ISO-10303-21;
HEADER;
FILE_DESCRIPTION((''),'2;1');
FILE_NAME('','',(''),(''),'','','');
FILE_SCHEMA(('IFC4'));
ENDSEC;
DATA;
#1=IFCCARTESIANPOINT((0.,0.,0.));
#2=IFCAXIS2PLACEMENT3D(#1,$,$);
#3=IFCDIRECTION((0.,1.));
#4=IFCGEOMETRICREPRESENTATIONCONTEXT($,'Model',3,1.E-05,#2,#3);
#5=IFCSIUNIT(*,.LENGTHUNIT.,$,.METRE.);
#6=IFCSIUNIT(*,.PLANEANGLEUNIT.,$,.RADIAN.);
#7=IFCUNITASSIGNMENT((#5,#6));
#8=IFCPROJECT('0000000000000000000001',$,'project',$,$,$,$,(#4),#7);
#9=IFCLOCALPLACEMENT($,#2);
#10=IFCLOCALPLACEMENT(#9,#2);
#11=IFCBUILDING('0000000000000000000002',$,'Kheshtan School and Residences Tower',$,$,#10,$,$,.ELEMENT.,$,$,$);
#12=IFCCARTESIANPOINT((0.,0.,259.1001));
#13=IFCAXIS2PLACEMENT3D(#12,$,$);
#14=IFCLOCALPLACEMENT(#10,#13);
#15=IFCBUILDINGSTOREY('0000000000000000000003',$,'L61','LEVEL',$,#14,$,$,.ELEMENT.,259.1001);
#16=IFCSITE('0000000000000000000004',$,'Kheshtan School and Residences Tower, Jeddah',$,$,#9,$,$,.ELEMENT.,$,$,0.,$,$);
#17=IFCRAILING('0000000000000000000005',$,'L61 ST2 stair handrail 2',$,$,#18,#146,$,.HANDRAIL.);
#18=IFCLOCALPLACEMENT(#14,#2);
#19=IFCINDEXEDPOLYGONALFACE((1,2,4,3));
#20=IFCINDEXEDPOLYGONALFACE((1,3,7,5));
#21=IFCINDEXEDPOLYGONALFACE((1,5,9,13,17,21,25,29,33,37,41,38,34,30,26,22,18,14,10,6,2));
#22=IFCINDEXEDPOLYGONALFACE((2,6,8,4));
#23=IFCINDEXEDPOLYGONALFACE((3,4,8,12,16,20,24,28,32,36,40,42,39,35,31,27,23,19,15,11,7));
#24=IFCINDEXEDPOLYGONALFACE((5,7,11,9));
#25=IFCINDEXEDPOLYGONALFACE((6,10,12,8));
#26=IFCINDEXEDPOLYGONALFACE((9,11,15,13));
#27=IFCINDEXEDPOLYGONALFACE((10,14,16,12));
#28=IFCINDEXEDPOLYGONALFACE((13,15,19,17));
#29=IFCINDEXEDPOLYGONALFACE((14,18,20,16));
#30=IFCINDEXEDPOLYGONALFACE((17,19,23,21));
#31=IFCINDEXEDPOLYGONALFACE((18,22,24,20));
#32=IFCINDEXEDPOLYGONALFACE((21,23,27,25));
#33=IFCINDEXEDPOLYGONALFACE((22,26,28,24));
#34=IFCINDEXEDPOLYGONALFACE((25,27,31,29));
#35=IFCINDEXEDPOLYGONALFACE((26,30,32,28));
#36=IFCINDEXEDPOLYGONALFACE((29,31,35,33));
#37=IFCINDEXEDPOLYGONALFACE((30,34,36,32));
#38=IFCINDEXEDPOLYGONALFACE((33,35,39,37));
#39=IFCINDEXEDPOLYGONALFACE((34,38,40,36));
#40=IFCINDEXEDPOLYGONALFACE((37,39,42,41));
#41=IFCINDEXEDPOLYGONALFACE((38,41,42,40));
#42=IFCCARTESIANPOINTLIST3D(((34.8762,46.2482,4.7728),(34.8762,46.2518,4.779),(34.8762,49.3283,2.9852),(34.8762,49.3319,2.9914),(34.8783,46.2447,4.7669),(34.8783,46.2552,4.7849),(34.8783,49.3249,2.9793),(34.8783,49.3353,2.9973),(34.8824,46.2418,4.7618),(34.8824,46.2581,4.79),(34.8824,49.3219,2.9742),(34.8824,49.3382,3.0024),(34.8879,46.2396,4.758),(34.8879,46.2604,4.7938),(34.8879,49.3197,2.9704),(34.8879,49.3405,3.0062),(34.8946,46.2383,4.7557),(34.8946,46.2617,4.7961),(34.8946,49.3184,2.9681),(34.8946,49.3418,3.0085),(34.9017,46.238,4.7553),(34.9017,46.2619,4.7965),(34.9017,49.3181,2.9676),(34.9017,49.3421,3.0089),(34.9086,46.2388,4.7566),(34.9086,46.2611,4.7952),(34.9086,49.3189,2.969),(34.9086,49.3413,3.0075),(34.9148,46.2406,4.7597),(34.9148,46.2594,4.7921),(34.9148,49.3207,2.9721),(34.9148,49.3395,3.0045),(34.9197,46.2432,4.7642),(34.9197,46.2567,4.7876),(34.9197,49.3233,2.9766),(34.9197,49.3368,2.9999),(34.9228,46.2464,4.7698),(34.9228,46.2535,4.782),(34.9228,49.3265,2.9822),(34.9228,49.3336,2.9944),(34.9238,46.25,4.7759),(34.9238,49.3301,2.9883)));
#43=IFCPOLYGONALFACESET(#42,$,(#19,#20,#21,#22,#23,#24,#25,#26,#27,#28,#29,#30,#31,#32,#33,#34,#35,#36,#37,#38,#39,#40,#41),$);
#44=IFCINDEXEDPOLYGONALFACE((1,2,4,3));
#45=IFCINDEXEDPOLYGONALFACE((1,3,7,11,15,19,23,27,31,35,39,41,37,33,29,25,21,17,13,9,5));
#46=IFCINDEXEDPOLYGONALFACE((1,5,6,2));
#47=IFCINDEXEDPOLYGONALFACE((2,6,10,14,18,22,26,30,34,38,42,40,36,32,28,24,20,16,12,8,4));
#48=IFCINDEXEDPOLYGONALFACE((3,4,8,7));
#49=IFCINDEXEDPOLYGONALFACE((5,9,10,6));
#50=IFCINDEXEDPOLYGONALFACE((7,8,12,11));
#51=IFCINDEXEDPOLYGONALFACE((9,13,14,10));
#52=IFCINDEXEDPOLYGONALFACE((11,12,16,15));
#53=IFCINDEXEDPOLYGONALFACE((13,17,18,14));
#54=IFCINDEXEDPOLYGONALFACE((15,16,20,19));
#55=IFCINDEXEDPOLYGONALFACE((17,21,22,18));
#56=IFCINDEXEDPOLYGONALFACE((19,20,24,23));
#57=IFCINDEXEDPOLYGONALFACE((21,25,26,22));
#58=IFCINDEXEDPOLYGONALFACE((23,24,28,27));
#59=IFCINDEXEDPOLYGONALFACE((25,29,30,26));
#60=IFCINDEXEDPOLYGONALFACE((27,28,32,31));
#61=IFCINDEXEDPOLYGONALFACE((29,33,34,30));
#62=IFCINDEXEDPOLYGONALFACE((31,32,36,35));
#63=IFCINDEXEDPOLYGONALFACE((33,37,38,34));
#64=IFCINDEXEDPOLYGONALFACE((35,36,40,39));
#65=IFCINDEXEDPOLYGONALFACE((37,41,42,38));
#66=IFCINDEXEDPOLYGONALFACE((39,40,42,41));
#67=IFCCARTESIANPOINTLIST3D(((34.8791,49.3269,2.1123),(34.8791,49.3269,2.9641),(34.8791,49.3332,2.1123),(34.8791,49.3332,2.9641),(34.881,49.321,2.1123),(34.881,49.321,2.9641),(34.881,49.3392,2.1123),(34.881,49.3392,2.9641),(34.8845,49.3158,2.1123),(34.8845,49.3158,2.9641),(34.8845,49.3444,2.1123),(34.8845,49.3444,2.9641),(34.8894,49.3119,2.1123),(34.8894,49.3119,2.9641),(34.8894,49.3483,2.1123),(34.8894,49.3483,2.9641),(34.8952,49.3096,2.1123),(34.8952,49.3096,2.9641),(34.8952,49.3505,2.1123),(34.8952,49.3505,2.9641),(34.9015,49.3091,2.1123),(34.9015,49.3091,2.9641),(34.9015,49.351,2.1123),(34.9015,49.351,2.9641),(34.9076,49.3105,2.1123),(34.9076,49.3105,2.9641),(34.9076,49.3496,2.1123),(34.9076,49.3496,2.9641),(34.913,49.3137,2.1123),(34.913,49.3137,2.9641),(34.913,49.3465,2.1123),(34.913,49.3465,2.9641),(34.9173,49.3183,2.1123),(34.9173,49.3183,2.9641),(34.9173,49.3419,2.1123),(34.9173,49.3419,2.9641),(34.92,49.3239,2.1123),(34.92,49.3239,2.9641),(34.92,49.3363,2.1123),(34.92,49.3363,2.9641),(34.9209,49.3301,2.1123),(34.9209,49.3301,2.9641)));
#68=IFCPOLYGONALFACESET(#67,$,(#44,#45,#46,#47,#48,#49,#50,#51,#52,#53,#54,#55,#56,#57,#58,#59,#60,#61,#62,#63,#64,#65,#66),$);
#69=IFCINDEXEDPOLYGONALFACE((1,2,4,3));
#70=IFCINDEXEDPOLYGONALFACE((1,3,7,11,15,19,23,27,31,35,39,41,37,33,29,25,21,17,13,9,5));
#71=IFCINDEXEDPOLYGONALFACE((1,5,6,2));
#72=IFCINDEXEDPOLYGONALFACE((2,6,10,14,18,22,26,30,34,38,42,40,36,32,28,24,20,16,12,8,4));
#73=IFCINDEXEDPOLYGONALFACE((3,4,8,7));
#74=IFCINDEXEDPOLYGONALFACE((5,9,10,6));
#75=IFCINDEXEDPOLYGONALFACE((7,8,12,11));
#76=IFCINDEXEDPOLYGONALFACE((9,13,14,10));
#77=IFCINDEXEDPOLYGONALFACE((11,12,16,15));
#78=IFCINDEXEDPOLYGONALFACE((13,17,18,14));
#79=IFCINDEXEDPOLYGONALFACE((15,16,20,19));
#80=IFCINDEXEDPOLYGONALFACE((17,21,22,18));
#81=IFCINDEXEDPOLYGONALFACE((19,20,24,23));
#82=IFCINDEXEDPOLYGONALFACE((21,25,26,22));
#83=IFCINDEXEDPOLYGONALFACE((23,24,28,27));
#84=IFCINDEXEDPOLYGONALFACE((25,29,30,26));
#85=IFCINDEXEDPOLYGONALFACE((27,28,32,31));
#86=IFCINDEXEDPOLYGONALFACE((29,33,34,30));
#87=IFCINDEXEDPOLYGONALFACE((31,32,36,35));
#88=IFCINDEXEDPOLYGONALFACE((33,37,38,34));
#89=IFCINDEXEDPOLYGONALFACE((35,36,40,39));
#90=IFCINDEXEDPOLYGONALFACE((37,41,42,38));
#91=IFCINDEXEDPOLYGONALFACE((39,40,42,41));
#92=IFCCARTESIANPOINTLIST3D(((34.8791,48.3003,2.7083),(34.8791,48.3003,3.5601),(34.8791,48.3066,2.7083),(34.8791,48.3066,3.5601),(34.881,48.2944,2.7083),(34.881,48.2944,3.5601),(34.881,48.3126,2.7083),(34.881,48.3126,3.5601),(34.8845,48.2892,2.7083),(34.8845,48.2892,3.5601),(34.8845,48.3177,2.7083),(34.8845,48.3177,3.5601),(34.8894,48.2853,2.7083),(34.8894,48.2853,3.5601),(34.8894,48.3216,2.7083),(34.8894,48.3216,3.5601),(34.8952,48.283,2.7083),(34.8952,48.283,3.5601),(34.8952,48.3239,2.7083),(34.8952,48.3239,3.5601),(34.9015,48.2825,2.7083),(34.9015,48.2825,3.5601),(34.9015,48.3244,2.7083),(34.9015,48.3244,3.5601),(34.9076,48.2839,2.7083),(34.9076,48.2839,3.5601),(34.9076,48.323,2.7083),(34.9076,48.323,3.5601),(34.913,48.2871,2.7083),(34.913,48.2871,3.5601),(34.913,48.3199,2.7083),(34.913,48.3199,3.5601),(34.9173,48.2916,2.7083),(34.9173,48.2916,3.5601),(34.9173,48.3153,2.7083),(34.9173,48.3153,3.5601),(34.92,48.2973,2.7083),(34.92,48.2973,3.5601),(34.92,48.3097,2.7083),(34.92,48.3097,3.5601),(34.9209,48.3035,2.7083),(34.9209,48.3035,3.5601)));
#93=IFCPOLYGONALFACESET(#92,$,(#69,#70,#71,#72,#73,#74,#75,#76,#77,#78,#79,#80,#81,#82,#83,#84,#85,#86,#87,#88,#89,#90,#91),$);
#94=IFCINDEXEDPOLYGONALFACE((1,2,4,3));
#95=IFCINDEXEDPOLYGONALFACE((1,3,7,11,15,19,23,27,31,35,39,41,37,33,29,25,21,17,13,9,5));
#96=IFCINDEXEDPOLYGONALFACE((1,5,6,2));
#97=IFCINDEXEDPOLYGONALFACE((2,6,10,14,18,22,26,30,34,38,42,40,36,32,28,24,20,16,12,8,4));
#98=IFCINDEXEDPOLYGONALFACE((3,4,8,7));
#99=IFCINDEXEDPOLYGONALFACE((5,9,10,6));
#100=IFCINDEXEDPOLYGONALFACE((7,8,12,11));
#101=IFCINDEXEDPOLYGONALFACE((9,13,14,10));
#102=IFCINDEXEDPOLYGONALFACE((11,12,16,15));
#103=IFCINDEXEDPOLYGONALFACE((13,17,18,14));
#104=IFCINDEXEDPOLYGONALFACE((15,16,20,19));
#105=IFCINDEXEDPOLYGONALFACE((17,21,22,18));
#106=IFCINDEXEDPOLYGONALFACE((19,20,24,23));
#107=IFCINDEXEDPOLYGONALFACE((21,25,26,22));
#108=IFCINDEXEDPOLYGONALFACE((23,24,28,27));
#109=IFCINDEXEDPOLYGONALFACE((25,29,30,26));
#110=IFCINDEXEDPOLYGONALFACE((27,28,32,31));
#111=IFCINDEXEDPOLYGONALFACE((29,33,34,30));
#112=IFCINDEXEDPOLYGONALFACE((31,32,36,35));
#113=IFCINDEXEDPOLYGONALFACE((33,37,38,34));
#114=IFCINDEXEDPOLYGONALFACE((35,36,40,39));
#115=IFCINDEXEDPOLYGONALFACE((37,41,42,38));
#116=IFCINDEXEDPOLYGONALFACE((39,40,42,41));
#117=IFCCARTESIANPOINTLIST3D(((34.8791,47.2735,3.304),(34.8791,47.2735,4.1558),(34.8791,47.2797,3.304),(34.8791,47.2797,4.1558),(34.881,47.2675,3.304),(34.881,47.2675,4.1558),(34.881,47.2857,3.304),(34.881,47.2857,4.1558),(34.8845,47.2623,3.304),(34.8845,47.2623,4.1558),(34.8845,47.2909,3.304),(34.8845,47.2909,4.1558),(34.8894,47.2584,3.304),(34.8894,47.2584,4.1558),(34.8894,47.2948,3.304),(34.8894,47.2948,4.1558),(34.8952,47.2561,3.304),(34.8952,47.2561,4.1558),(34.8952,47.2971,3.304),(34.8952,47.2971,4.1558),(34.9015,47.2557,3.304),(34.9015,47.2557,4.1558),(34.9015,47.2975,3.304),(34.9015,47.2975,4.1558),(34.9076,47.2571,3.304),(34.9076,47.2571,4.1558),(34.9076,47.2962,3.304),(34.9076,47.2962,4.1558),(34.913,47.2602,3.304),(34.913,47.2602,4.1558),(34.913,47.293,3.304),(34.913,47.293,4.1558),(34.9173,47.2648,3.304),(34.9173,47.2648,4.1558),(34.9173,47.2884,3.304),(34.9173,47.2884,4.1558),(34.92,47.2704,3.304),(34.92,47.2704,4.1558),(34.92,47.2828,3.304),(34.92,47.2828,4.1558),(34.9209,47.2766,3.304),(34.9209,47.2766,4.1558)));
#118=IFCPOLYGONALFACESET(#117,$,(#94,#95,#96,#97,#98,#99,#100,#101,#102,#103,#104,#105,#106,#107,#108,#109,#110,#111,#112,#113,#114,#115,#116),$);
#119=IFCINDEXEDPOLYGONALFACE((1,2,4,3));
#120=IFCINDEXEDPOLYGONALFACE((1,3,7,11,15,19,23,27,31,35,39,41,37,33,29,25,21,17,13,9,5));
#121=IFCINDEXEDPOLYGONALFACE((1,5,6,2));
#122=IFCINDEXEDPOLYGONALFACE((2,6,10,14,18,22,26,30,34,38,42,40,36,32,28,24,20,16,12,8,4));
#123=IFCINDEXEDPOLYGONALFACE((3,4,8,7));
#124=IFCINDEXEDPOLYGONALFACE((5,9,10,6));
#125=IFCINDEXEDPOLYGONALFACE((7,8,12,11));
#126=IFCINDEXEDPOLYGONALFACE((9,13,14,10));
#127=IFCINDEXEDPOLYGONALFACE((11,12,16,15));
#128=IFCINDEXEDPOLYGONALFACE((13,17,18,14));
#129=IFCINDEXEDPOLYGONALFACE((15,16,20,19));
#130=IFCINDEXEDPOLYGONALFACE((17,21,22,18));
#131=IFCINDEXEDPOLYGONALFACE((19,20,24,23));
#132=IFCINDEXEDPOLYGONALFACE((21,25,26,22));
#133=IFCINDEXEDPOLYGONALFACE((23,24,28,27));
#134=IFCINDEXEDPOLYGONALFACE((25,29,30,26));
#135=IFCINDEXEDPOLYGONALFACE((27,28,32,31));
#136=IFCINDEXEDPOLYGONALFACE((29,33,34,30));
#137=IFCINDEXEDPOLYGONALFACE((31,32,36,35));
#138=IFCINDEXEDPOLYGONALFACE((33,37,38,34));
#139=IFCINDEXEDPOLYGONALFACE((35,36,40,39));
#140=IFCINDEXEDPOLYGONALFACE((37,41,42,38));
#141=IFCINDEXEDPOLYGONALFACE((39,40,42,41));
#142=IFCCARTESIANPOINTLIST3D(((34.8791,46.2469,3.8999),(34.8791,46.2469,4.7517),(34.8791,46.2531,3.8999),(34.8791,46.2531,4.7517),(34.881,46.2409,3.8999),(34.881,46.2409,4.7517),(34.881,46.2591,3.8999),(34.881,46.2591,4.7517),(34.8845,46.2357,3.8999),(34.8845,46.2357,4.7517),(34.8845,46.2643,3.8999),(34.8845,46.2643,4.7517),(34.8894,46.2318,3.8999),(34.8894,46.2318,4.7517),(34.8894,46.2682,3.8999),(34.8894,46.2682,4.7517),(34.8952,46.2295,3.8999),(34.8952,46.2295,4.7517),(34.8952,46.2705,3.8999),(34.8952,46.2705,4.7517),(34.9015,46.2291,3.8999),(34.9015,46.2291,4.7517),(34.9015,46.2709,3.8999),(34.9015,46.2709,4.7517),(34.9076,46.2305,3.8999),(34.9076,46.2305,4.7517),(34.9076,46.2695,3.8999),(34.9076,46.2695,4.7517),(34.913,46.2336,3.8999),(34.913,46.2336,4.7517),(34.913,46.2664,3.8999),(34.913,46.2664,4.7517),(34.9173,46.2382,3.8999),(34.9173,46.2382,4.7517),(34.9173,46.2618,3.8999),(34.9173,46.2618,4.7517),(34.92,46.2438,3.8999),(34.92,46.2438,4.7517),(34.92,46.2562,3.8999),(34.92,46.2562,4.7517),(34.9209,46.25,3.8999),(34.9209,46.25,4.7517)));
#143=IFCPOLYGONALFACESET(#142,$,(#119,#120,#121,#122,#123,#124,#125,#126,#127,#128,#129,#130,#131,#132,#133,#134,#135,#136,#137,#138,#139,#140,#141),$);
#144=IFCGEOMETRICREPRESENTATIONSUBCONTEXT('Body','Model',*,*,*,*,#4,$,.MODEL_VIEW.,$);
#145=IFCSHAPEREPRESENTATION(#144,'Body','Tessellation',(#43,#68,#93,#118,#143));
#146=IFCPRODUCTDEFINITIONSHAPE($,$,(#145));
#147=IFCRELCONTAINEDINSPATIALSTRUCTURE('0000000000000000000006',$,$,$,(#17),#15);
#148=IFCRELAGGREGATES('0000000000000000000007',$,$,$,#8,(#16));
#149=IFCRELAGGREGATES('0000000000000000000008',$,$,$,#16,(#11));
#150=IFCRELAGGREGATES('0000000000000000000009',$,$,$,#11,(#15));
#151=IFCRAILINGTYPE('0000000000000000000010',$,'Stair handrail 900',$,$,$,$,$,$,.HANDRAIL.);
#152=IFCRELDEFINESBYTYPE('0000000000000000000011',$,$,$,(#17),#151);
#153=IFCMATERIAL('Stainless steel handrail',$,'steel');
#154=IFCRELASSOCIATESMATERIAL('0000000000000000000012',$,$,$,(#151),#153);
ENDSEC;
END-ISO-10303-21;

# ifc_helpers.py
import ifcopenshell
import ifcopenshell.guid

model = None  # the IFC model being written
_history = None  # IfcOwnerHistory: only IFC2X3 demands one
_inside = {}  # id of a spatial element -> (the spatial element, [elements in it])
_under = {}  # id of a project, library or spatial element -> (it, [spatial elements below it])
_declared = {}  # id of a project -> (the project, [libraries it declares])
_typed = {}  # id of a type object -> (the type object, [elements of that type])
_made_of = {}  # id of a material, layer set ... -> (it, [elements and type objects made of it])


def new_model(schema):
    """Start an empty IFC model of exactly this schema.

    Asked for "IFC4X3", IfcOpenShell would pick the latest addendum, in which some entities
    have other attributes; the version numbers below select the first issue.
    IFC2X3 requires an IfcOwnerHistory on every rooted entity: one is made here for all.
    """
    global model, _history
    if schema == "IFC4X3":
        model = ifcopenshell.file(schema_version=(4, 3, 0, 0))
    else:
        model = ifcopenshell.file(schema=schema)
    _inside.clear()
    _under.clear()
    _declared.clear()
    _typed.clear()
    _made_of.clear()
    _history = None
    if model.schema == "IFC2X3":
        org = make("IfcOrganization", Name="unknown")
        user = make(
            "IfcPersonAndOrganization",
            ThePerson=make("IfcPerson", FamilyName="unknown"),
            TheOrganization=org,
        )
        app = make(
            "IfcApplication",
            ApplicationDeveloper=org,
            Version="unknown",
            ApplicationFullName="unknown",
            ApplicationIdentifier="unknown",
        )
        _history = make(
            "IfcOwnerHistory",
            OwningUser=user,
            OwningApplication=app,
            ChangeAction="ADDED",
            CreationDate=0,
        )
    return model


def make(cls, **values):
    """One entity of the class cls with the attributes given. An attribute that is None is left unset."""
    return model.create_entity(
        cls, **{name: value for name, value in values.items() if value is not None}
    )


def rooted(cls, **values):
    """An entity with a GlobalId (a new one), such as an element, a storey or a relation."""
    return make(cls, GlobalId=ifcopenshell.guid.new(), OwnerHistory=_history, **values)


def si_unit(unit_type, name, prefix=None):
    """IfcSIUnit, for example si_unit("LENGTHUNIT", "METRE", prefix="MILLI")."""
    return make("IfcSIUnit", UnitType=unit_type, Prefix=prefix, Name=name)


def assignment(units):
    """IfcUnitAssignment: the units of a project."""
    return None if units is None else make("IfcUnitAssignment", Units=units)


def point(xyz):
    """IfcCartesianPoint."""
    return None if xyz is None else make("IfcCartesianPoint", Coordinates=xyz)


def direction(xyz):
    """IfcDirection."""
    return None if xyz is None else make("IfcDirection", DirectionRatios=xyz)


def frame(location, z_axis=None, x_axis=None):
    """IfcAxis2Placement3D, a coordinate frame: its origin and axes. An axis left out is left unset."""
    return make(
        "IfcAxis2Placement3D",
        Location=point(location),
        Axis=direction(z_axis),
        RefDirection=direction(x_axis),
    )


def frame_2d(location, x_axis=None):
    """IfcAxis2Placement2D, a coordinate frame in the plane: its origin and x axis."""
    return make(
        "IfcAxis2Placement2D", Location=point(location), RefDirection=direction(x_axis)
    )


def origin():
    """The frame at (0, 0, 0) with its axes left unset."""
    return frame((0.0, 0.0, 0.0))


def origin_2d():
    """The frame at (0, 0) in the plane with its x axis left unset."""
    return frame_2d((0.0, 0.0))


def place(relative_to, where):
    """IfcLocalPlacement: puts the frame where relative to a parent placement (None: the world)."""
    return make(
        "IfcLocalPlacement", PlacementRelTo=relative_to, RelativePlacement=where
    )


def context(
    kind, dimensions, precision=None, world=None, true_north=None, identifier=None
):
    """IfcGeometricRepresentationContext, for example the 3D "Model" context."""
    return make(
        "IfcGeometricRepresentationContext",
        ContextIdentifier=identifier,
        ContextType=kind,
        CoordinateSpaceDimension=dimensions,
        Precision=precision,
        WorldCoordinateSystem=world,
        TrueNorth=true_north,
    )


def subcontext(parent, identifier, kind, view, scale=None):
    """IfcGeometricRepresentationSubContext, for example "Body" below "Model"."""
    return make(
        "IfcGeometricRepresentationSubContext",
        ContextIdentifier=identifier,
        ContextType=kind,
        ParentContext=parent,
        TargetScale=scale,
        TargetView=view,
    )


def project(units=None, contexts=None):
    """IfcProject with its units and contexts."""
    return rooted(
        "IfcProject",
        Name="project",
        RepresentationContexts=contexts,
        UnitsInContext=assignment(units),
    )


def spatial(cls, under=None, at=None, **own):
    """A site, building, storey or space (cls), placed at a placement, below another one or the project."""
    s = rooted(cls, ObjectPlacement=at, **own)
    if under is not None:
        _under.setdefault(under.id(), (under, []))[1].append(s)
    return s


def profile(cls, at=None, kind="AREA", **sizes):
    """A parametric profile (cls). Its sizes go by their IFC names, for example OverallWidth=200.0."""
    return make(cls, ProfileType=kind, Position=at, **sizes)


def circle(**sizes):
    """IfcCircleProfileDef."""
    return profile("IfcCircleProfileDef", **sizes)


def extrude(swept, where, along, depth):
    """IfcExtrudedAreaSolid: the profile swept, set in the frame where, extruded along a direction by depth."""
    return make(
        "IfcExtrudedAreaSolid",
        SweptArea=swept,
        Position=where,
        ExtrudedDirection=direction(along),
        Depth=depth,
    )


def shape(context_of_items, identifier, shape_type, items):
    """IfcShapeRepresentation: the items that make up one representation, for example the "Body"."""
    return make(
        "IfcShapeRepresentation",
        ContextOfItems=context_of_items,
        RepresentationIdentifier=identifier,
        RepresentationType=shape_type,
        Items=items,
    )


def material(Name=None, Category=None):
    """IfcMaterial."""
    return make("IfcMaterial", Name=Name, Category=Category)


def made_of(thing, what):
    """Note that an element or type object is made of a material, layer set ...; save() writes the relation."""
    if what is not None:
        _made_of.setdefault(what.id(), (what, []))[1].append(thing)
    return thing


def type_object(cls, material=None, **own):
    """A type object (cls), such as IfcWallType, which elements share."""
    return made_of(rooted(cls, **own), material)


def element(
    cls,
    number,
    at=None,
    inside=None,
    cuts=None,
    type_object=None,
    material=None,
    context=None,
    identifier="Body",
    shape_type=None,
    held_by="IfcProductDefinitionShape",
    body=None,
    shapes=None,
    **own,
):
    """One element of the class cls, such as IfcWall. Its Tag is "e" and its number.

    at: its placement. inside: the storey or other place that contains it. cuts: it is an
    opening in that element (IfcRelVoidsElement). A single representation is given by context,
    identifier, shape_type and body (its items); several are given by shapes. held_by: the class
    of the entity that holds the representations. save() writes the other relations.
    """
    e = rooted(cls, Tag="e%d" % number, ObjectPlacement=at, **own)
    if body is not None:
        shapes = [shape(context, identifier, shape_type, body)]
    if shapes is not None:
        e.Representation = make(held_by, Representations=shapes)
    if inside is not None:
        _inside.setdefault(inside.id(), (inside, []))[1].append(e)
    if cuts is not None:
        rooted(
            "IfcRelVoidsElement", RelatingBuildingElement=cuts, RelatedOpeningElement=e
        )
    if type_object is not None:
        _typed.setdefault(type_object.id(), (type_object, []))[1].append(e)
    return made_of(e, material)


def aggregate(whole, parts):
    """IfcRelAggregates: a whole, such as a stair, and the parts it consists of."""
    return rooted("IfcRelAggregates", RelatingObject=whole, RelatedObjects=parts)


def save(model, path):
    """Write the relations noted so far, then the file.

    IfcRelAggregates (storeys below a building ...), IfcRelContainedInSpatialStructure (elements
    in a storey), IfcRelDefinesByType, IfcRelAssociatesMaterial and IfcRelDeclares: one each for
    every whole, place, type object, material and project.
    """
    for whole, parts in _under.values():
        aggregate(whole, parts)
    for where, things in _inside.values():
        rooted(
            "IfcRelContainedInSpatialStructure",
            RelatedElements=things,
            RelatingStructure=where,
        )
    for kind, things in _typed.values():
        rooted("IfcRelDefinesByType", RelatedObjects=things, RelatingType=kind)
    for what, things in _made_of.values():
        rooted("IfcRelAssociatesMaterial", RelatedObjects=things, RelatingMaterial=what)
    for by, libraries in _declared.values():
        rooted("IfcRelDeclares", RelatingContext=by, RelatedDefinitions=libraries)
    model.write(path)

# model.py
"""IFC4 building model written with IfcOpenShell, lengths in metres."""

from ifc_helpers import new_model, si_unit, direction, frame, origin, origin_2d, place, context, subcontext, project, spatial, circle, extrude, material, type_object, element, save


model = new_model("IFC4")

# Units and contexts
model_context = context("Model", 3, precision=1e-05, world=origin(), true_north=direction((0.0, 1.0)))
body_context = subcontext(model_context, "Body", "Model", "MODEL_VIEW")
ifc_project = project(units=[si_unit("LENGTHUNIT", "METRE"), si_unit("PLANEANGLEUNIT", "RADIAN")], contexts=[model_context])

# Site, building, storey
site_placement = place(None, origin())
site = spatial("IfcSite", under=ifc_project, at=site_placement, Name="Kheshtan School and Residences Tower, Jeddah", CompositionType="ELEMENT", RefElevation=0.0)
building_placement = place(site_placement, origin())
building = spatial("IfcBuilding", under=site, at=building_placement, Name="Kheshtan School and Residences Tower", CompositionType="ELEMENT")
storey_placement = place(building_placement, frame((0.0, 0.0, 259.1001)))
storey = spatial("IfcBuildingStorey", under=building, at=storey_placement, Name="L61", Description="LEVEL", CompositionType="ELEMENT", Elevation=259.1001)

# Railing
ifc_material_1 = material(Name="Stainless steel handrail", Category="steel")
railing_type_1 = type_object("IfcRailingType", Name="Stair handrail 900", PredefinedType="HANDRAIL", material=ifc_material_1)
railing_1_placement = place(storey_placement, frame((34.8999, 49.3301, 2.1123)))
element("IfcRailing", 1, at=railing_1_placement, inside=storey, type_object=railing_type_1, Name="L61 ST2 stair handrail 2", PredefinedType="HANDRAIL", context=body_context, shape_type="SweptSolid", body=[
    extrude(circle(Radius=0.0239, at=origin_2d()), frame((0.0, 0.0, 0.876), z_axis=(0.0, -0.864891, 0.50196), x_axis=(1.0, 0.0, 0.0)), (0.0, 0.0, 1.0), 3.5613),
    extrude(circle(Radius=0.021, at=origin_2d()), origin(), (0.0, 0.0, 1.0), 0.8518),
    extrude(circle(Radius=0.021, at=origin_2d()), frame((0.0, -1.0266, 0.5959)), (0.0, 0.0, 1.0), 0.8518),
    extrude(circle(Radius=0.021, at=origin_2d()), frame((0.0, -2.0535, 1.1917)), (0.0, 0.0, 1.0), 0.8518),
    extrude(circle(Radius=0.021, at=origin_2d()), frame((0.0, -3.0801, 1.7876)), (0.0, 0.0, 1.0), 0.8518),
])

save(model, "model.ifc")
